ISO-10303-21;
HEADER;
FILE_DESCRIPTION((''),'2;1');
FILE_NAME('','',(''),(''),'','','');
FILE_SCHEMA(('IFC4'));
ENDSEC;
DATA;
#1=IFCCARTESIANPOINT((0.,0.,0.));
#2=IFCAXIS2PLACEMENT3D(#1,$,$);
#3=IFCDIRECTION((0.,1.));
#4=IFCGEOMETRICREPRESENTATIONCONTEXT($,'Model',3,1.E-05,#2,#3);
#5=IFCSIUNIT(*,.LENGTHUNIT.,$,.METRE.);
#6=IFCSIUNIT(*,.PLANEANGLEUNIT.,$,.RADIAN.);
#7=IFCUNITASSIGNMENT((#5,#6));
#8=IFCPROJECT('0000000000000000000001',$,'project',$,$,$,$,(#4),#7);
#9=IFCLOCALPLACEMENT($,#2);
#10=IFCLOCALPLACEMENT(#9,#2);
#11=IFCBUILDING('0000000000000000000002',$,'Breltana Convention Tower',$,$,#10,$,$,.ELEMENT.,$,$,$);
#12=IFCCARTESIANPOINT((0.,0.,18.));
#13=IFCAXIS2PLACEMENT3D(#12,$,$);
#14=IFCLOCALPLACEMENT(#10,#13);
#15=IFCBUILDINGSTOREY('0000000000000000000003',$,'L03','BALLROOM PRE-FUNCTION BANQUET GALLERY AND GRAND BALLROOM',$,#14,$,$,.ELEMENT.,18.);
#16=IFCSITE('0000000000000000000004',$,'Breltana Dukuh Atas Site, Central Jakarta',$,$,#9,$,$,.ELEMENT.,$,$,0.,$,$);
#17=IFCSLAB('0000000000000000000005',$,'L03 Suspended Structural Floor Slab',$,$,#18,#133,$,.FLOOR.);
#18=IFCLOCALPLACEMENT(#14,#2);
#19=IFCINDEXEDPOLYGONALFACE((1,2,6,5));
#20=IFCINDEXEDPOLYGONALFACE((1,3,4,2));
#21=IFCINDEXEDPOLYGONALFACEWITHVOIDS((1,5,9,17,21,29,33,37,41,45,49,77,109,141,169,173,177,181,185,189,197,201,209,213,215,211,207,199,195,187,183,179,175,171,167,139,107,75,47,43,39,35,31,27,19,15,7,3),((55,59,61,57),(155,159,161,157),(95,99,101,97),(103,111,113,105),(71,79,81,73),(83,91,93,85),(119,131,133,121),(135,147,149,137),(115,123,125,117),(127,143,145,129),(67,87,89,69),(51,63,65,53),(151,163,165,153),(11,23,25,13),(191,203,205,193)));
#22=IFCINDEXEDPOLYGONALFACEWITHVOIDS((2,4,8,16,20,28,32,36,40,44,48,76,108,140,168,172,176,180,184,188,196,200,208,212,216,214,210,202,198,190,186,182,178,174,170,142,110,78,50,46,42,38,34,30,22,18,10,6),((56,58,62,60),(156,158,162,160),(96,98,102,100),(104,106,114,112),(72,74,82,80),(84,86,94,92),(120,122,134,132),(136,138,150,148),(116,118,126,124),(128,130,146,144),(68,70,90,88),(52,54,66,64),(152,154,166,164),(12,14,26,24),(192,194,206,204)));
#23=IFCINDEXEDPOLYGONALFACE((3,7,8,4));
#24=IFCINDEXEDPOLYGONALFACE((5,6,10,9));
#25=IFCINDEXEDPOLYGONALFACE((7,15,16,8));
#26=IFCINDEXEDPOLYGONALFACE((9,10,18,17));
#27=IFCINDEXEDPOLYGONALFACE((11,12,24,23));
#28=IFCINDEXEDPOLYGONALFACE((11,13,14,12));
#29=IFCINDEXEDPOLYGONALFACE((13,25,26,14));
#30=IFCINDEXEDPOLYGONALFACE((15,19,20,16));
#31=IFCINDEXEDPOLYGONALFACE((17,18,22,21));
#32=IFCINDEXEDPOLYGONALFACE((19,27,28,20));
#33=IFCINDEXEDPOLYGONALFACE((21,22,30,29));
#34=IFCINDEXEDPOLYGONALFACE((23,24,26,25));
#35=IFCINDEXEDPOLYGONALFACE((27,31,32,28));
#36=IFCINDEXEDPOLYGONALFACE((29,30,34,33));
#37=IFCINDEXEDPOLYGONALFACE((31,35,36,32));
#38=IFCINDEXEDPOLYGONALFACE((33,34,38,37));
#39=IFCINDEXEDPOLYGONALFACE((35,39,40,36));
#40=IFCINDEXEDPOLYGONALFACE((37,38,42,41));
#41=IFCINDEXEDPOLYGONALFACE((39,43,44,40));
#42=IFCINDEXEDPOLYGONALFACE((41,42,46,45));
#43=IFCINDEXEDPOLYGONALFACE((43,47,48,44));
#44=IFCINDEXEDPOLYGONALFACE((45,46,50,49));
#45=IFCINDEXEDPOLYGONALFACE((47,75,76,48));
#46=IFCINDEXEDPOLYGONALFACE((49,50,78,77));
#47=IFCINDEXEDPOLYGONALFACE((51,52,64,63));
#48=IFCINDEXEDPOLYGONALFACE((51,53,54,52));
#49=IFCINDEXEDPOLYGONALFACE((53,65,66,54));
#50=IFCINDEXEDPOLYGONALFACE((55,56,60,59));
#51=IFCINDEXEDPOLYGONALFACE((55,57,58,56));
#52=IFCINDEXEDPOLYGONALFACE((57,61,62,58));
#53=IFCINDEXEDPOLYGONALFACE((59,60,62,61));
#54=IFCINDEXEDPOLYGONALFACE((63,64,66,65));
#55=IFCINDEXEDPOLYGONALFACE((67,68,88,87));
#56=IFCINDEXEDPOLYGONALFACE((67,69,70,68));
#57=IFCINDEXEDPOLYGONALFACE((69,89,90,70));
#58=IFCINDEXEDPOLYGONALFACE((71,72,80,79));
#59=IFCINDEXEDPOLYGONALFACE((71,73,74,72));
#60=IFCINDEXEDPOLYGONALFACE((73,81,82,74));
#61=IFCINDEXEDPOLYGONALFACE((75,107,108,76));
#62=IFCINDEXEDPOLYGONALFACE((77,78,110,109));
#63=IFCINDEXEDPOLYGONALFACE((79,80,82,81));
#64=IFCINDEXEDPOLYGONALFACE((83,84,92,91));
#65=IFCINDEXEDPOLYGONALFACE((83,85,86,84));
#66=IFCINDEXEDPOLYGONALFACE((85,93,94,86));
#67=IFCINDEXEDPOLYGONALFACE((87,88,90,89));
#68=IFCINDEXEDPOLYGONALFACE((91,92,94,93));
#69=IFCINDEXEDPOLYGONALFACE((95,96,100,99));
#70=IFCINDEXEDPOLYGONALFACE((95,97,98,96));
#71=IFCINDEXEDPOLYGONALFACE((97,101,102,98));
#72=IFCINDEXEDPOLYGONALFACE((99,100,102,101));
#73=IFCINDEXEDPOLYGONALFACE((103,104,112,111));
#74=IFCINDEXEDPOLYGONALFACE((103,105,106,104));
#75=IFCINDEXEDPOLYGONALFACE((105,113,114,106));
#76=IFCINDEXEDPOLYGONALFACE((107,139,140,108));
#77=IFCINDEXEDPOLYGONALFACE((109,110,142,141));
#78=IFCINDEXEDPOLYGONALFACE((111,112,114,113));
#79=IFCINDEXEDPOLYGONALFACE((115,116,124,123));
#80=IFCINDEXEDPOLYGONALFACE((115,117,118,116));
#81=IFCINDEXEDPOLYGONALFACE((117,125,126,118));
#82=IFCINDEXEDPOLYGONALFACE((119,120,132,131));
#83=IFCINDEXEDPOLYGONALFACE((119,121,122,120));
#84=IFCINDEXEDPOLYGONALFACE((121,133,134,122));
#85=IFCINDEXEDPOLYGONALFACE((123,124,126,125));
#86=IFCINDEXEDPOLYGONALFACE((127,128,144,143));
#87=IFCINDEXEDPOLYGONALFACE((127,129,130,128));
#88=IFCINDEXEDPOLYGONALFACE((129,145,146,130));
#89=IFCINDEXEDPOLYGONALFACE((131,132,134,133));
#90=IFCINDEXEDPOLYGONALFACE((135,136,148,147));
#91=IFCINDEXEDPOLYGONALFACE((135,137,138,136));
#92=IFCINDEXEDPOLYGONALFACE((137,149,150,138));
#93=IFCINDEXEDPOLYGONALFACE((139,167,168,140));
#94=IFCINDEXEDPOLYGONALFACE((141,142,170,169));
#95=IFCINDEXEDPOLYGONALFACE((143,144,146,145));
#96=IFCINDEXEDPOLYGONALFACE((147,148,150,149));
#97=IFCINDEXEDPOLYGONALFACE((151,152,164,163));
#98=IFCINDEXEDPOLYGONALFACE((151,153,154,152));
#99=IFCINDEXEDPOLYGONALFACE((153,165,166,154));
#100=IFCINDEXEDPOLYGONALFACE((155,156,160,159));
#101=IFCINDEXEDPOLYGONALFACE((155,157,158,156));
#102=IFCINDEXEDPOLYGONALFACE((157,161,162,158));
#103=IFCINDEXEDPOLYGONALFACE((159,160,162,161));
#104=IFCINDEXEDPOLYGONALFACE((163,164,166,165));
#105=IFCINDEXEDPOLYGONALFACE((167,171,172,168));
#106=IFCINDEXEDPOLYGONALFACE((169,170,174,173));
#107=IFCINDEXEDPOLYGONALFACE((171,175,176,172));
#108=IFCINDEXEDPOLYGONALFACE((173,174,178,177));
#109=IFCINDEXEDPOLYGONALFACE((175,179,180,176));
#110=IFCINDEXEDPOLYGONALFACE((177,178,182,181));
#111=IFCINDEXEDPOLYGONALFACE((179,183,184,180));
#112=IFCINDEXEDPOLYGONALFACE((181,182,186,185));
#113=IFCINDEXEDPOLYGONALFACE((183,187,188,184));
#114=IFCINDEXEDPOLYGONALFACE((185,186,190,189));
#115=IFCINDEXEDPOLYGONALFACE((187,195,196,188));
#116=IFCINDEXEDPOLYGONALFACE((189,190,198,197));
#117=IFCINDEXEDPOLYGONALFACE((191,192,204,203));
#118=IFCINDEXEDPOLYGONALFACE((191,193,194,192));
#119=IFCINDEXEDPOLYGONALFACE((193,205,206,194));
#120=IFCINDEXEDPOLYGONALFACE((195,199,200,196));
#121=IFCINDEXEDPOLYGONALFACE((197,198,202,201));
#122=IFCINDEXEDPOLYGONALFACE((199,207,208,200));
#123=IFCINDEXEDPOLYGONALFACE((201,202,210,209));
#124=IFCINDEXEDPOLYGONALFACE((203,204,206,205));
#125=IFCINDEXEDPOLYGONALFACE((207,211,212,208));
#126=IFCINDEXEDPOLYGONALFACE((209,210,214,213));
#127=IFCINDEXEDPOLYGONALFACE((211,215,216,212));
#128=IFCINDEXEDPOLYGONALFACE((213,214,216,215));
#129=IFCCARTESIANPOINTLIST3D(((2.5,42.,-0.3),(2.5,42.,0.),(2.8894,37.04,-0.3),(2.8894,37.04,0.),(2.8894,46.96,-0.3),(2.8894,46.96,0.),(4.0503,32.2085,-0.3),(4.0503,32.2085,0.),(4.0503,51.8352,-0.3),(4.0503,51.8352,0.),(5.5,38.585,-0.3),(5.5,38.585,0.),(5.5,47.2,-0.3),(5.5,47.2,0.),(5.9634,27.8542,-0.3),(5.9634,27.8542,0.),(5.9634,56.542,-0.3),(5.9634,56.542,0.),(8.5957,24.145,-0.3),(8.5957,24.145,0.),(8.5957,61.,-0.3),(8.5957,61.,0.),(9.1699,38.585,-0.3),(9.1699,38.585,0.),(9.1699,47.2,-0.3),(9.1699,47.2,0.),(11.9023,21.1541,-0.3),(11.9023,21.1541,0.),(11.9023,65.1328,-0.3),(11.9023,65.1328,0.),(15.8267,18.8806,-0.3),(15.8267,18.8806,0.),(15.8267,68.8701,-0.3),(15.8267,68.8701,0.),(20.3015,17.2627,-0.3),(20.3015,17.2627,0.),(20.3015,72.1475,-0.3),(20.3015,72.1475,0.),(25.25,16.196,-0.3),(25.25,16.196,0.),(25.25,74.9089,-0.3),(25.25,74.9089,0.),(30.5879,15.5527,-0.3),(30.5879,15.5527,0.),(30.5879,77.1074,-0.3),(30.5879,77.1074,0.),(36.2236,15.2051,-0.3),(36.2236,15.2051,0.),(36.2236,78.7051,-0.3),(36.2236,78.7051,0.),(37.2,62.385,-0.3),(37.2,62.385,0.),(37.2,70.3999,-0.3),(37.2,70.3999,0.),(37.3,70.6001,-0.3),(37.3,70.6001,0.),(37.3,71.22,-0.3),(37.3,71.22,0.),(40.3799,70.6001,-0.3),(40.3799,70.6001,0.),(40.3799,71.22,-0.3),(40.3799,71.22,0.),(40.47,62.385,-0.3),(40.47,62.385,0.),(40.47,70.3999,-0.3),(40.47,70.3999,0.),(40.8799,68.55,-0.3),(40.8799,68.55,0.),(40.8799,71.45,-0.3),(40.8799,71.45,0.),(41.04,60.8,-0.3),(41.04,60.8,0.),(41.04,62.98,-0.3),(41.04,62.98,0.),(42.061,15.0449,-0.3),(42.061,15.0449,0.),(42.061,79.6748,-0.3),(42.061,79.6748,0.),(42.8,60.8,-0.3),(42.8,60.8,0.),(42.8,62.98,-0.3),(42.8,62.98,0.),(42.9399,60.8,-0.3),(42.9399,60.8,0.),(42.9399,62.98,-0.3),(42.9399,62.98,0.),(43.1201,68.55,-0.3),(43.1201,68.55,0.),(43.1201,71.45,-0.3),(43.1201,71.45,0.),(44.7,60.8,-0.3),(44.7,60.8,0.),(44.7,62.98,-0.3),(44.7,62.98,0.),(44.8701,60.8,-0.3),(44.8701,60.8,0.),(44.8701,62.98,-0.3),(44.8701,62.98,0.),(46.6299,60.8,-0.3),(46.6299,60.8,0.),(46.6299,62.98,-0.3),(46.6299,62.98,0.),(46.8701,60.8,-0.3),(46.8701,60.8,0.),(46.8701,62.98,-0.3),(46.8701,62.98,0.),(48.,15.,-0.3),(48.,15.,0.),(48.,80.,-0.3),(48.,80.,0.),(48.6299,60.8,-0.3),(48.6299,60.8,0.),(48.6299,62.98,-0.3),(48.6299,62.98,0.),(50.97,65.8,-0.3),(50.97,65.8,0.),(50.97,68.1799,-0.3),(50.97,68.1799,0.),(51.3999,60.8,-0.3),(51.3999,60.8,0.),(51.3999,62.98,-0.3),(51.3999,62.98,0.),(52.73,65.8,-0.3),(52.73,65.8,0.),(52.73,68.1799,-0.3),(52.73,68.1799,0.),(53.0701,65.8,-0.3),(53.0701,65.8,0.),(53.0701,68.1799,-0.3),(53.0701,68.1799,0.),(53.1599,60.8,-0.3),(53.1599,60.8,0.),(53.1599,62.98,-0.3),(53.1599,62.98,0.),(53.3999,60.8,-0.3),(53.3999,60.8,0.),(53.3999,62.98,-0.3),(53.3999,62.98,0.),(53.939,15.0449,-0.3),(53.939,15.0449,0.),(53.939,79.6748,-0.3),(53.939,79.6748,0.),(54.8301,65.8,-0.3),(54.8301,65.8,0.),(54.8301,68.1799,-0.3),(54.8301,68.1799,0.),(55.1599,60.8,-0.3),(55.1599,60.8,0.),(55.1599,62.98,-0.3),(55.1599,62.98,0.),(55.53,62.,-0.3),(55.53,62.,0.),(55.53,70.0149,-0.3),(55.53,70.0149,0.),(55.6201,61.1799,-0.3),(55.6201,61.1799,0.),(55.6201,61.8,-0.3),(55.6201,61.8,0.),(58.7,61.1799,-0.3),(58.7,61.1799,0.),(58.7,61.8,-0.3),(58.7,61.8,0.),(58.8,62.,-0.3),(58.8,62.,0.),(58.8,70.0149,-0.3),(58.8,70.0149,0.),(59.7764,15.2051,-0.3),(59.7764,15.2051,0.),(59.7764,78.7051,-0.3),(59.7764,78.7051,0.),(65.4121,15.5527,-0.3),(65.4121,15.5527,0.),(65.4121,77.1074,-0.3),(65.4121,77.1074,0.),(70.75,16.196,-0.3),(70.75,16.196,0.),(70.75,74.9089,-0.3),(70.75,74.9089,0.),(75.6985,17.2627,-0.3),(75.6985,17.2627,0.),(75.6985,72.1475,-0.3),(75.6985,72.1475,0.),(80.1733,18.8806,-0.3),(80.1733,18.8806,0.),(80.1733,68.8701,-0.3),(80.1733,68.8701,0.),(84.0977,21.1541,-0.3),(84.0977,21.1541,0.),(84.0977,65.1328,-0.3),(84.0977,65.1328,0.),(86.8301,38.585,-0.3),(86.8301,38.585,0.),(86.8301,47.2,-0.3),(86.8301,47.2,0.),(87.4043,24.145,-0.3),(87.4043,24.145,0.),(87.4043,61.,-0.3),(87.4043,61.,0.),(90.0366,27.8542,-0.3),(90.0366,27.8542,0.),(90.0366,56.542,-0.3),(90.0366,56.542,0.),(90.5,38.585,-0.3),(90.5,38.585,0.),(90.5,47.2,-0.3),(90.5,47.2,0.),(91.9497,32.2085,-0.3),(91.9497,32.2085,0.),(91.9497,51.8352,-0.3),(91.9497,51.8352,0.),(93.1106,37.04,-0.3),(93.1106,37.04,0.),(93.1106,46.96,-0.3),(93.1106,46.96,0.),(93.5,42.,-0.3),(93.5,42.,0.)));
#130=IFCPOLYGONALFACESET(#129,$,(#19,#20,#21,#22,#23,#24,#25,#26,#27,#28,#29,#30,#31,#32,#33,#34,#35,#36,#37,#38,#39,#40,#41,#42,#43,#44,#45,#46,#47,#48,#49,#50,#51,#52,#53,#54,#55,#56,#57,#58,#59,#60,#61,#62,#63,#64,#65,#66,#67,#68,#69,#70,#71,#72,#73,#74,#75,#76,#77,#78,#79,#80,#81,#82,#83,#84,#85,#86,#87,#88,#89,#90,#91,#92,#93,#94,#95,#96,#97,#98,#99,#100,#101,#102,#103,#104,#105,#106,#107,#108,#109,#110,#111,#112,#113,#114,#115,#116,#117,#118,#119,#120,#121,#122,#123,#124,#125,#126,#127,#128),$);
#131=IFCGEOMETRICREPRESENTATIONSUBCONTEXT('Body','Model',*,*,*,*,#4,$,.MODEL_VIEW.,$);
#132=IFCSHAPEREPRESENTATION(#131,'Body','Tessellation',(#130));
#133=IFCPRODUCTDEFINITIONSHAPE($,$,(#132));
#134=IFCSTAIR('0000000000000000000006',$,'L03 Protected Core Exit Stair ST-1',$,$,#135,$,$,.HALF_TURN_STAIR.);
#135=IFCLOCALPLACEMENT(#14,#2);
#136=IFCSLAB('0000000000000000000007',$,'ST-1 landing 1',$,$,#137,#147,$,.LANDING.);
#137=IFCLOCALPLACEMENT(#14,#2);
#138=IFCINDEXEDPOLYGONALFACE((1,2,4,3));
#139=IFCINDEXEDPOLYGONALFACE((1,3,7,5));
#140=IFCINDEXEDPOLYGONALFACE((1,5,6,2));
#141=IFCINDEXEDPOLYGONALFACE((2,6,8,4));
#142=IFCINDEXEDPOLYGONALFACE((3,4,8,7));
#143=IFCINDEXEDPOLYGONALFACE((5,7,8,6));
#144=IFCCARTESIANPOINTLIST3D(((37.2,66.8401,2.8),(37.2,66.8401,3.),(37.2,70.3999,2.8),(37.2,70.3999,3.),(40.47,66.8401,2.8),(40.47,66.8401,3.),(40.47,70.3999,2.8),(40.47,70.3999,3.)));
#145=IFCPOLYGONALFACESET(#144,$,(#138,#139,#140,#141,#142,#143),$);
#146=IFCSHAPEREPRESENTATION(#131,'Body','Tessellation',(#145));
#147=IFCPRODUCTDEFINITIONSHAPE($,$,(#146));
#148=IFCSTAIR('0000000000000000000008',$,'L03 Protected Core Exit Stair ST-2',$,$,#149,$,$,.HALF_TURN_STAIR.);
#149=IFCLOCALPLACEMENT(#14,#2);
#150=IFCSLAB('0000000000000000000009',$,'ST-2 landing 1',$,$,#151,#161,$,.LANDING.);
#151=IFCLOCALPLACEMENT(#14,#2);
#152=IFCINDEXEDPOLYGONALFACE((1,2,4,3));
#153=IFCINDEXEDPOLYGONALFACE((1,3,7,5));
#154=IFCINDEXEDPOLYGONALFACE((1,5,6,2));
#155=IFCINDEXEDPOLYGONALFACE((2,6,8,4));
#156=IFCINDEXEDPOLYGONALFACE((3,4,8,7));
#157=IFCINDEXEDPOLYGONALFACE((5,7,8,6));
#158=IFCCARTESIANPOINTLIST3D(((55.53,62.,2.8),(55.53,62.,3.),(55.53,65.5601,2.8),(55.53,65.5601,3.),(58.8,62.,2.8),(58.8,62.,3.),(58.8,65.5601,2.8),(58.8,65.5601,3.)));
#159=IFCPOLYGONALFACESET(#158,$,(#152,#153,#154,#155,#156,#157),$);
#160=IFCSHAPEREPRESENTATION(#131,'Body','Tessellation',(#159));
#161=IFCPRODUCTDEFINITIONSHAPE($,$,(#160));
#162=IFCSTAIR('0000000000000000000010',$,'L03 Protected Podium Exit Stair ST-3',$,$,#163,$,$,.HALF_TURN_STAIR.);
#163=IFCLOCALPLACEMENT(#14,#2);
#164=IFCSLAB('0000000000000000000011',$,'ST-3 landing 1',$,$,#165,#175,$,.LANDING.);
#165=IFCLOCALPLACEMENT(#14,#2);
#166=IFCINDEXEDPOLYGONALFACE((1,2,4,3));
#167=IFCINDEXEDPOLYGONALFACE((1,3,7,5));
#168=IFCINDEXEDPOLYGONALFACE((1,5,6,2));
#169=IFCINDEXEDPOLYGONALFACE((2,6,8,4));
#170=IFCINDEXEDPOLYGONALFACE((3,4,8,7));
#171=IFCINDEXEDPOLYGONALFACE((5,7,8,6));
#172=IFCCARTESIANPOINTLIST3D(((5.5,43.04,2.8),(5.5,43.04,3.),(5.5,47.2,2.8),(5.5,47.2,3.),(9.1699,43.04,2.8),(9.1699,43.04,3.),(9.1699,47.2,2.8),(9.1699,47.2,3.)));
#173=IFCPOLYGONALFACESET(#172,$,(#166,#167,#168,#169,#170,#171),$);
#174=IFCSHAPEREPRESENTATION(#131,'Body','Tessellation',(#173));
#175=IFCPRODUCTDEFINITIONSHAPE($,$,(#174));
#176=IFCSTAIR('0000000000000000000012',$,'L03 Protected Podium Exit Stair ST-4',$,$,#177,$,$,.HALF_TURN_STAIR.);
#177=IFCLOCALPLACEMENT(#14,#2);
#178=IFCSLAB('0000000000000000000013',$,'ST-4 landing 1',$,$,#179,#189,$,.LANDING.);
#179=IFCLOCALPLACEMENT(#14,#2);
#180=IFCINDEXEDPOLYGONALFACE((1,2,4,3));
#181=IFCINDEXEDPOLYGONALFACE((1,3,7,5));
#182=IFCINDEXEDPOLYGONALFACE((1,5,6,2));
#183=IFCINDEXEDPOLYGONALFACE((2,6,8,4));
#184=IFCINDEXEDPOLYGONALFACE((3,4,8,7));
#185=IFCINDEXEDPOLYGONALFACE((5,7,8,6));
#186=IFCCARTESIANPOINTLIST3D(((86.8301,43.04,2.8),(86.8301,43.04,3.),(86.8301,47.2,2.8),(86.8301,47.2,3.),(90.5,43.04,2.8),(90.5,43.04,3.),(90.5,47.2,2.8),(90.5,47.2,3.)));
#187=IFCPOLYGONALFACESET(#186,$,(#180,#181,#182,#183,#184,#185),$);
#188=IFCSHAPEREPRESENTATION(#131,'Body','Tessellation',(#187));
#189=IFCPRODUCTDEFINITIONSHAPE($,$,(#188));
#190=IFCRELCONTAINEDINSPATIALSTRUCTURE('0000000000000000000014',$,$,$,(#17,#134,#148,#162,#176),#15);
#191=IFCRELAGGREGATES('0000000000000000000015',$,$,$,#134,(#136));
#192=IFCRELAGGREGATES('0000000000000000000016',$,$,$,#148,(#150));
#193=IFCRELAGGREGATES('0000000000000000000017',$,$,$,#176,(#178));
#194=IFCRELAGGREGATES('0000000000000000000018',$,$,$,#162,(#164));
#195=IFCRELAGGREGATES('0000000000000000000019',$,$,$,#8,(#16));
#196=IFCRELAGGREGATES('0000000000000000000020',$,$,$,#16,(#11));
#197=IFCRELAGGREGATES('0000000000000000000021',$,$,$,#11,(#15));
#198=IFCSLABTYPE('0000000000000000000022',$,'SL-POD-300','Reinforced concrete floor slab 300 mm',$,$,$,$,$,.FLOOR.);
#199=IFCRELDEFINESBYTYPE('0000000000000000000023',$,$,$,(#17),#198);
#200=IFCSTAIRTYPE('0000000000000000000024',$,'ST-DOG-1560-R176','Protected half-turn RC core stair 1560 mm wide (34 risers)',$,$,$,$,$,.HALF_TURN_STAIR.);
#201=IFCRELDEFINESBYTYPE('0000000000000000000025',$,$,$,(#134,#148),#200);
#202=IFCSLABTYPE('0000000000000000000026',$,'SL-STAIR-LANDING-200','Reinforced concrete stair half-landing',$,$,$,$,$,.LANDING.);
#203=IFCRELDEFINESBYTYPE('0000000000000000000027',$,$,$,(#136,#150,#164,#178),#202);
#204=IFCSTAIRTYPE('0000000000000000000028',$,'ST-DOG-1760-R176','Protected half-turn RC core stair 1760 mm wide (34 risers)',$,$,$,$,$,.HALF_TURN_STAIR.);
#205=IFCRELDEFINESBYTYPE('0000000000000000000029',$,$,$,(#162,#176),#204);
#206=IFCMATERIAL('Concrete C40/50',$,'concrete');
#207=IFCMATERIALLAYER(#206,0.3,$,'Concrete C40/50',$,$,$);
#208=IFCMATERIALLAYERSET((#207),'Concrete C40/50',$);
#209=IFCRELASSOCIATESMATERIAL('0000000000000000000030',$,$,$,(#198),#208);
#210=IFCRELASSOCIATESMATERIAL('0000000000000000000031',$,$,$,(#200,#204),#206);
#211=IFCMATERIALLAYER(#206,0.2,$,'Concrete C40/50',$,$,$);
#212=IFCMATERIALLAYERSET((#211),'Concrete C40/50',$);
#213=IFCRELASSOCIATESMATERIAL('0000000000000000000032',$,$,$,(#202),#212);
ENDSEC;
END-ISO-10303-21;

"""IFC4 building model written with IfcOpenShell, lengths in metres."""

from ifc_helpers import new_model, si_unit, direction, frame, origin, place, context, subcontext, project, spatial, polyline, outline, extrude, material, layer, layer_set, type_object, element, aggregate, save


model = new_model("IFC4")

# Units and contexts
model_context = context("Model", 3, precision=1e-05, world=origin(), true_north=direction((0.0, 1.0)))
body_context = subcontext(model_context, "Body", "Model", "MODEL_VIEW")
ifc_project = project(units=[si_unit("LENGTHUNIT", "METRE"), si_unit("PLANEANGLEUNIT", "RADIAN")], contexts=[model_context])

# Site, building, storey
site_placement = place(None, origin())
site = spatial("IfcSite", under=ifc_project, at=site_placement, Name="Breltana Dukuh Atas Site, Central Jakarta", CompositionType="ELEMENT", RefElevation=0.0)
building_placement = place(site_placement, origin())
building = spatial("IfcBuilding", under=site, at=building_placement, Name="Breltana Convention Tower", CompositionType="ELEMENT")
storey_placement = place(building_placement, frame((0.0, 0.0, 18.0)))
storey = spatial("IfcBuildingStorey", under=building, at=storey_placement, Name="L03", Description="BALLROOM PRE-FUNCTION BANQUET GALLERY AND GRAND BALLROOM", CompositionType="ELEMENT", Elevation=18.0)

# Slab
ifc_material_1 = material(Name="Concrete C40/50", Category="concrete")
ifc_layer_1 = layer(ifc_material_1, 0.3, Name="Concrete C40/50")
ifc_layer_set_1 = layer_set([ifc_layer_1], Name="Concrete C40/50")
slab_type_1 = type_object("IfcSlabType", Name="SL-POD-300", Description="Reinforced concrete floor slab 300 mm", PredefinedType="FLOOR", material=ifc_layer_set_1)
slab_1_placement = place(storey_placement, frame((0.0, 0.0, -0.3)))
element("IfcSlab", 1, at=slab_1_placement, inside=storey, type_object=slab_type_1, Name="L03 Suspended Structural Floor Slab", PredefinedType="FLOOR", context=body_context, shape_type="SweptSolid", body=[
    extrude(outline(polyline([(93.5, 42.0), (93.1106, 46.96), (91.9497, 51.8352), (90.0366, 56.542), (87.4043, 61.0), (84.0977, 65.1328), (80.1733, 68.8701), (75.6985, 72.1475), (70.75, 74.9089), (65.4121, 77.1074), (59.7764, 78.7051), (53.939, 79.6748), (48.0, 80.0), (42.061, 79.6748), (36.2236, 78.7051), (30.5879, 77.1074), (25.25, 74.9089), (20.3015, 72.1475), (15.8267, 68.8701), (11.9023, 65.1328), (8.5957, 61.0), (5.9634, 56.542), (4.0503, 51.8352), (2.8894, 46.96), (2.5, 42.0), (2.8894, 37.04), (4.0503, 32.2085), (5.9634, 27.8542), (8.5957, 24.145), (11.9023, 21.1541), (15.8267, 18.8806), (20.3015, 17.2627), (25.25, 16.196), (30.5879, 15.5527), (36.2236, 15.2051), (42.061, 15.0449), (48.0, 15.0), (53.939, 15.0449), (59.7764, 15.2051), (65.4121, 15.5527), (70.75, 16.196), (75.6985, 17.2627), (80.1733, 18.8806), (84.0977, 21.1541), (87.4043, 24.145), (90.0366, 27.8542), (91.9497, 32.2085), (93.1106, 37.04), (93.5, 42.0)]), holes=[polyline([(37.2, 62.385), (40.47, 62.385), (40.47, 70.3999), (37.2, 70.3999), (37.2, 62.385)]), polyline([(55.53, 62.0), (58.8, 62.0), (58.8, 70.0149), (55.53, 70.0149), (55.53, 62.0)]), polyline([(5.5, 38.585), (9.1699, 38.585), (9.1699, 47.2), (5.5, 47.2), (5.5, 38.585)]), polyline([(86.8301, 38.585), (90.5, 38.585), (90.5, 47.2), (86.8301, 47.2), (86.8301, 38.585)]), polyline([(41.04, 60.8), (42.8, 60.8), (42.8, 62.98), (41.04, 62.98), (41.04, 60.8)]), polyline([(42.9399, 60.8), (44.7, 60.8), (44.7, 62.98), (42.9399, 62.98), (42.9399, 60.8)]), polyline([(44.8701, 60.8), (46.6299, 60.8), (46.6299, 62.98), (44.8701, 62.98), (44.8701, 60.8)]), polyline([(46.8701, 60.8), (48.6299, 60.8), (48.6299, 62.98), (46.8701, 62.98), (46.8701, 60.8)]), polyline([(51.3999, 60.8), (53.1599, 60.8), (53.1599, 62.98), (51.3999, 62.98), (51.3999, 60.8)]), polyline([(53.3999, 60.8), (55.1599, 60.8), (55.1599, 62.98), (53.3999, 62.98), (53.3999, 60.8)]), polyline([(50.97, 65.8), (52.73, 65.8), (52.73, 68.1799), (50.97, 68.1799), (50.97, 65.8)]), polyline([(53.0701, 65.8), (54.8301, 65.8), (54.8301, 68.1799), (53.0701, 68.1799), (53.0701, 65.8)]), polyline([(40.8799, 68.55), (43.1201, 68.55), (43.1201, 71.45), (40.8799, 71.45), (40.8799, 68.55)]), polyline([(37.3, 70.6001), (40.3799, 70.6001), (40.3799, 71.22), (37.3, 71.22), (37.3, 70.6001)]), polyline([(55.6201, 61.1799), (58.7, 61.1799), (58.7, 61.8), (55.6201, 61.8), (55.6201, 61.1799)])]), origin(), (0.0, 0.0, 1.0), 0.3),
])

# Stairs, slabs
stair_type_1 = type_object("IfcStairType", Name="ST-DOG-1560-R176", Description="Protected half-turn RC core stair 1560 mm wide (34 risers)", PredefinedType="HALF_TURN_STAIR", material=ifc_material_1)
stair_1_placement = place(storey_placement, origin())
stair_1 = element("IfcStair", 2, at=stair_1_placement, inside=storey, type_object=stair_type_1, Name="L03 Protected Core Exit Stair ST-1", PredefinedType="HALF_TURN_STAIR")
ifc_layer_2 = layer(ifc_material_1, 0.2, Name="Concrete C40/50")
ifc_layer_set_2 = layer_set([ifc_layer_2], Name="Concrete C40/50")
slab_type_2 = type_object("IfcSlabType", Name="SL-STAIR-LANDING-200", Description="Reinforced concrete stair half-landing", PredefinedType="LANDING", material=ifc_layer_set_2)
slab_2_placement = place(storey_placement, frame((0.0, 0.0, 2.8)))
slab_2 = element("IfcSlab", 3, at=slab_2_placement, type_object=slab_type_2, Name="ST-1 landing 1", PredefinedType="LANDING", context=body_context, shape_type="SweptSolid", body=[
    extrude(outline(polyline([(40.47, 66.8401), (40.47, 70.3999), (37.2, 70.3999), (37.2, 66.8401), (40.47, 66.8401)])), origin(), (0.0, 0.0, 1.0), 0.2),
])
aggregate(stair_1, [slab_2])
stair_2_placement = place(storey_placement, origin())
stair_2 = element("IfcStair", 4, at=stair_2_placement, inside=storey, type_object=stair_type_1, Name="L03 Protected Core Exit Stair ST-2", PredefinedType="HALF_TURN_STAIR")
slab_3_placement = place(storey_placement, frame((0.0, 0.0, 2.8)))
slab_3 = element("IfcSlab", 5, at=slab_3_placement, type_object=slab_type_2, Name="ST-2 landing 1", PredefinedType="LANDING", context=body_context, shape_type="SweptSolid", body=[
    extrude(outline(polyline([(55.53, 65.5601), (55.53, 62.0), (58.8, 62.0), (58.8, 65.5601), (55.53, 65.5601)])), origin(), (0.0, 0.0, 1.0), 0.2),
])
aggregate(stair_2, [slab_3])
stair_type_2 = type_object("IfcStairType", Name="ST-DOG-1760-R176", Description="Protected half-turn RC core stair 1760 mm wide (34 risers)", PredefinedType="HALF_TURN_STAIR", material=ifc_material_1)
stair_3_placement = place(storey_placement, origin())
stair_3 = element("IfcStair", 6, at=stair_3_placement, inside=storey, type_object=stair_type_2, Name="L03 Protected Podium Exit Stair ST-3", PredefinedType="HALF_TURN_STAIR")
slab_4_placement = place(storey_placement, frame((0.0, 0.0, 2.8)))
slab_4 = element("IfcSlab", 7, at=slab_4_placement, type_object=slab_type_2, Name="ST-3 landing 1", PredefinedType="LANDING", context=body_context, shape_type="SweptSolid", body=[
    extrude(outline(polyline([(9.1699, 43.04), (9.1699, 47.2), (5.5, 47.2), (5.5, 43.04), (9.1699, 43.04)])), origin(), (0.0, 0.0, 1.0), 0.2),
])
stair_4_placement = place(storey_placement, origin())
stair_4 = element("IfcStair", 8, at=stair_4_placement, inside=storey, type_object=stair_type_2, Name="L03 Protected Podium Exit Stair ST-4", PredefinedType="HALF_TURN_STAIR")
slab_5_placement = place(storey_placement, frame((0.0, 0.0, 2.8)))
slab_5 = element("IfcSlab", 9, at=slab_5_placement, type_object=slab_type_2, Name="ST-4 landing 1", PredefinedType="LANDING", context=body_context, shape_type="SweptSolid", body=[
    extrude(outline(polyline([(90.5, 43.04), (90.5, 47.2), (86.8301, 47.2), (86.8301, 43.04), (90.5, 43.04)])), origin(), (0.0, 0.0, 1.0), 0.2),
])
aggregate(stair_4, [slab_5])

aggregate(stair_3, [slab_4])

save(model, "model.ifc")
